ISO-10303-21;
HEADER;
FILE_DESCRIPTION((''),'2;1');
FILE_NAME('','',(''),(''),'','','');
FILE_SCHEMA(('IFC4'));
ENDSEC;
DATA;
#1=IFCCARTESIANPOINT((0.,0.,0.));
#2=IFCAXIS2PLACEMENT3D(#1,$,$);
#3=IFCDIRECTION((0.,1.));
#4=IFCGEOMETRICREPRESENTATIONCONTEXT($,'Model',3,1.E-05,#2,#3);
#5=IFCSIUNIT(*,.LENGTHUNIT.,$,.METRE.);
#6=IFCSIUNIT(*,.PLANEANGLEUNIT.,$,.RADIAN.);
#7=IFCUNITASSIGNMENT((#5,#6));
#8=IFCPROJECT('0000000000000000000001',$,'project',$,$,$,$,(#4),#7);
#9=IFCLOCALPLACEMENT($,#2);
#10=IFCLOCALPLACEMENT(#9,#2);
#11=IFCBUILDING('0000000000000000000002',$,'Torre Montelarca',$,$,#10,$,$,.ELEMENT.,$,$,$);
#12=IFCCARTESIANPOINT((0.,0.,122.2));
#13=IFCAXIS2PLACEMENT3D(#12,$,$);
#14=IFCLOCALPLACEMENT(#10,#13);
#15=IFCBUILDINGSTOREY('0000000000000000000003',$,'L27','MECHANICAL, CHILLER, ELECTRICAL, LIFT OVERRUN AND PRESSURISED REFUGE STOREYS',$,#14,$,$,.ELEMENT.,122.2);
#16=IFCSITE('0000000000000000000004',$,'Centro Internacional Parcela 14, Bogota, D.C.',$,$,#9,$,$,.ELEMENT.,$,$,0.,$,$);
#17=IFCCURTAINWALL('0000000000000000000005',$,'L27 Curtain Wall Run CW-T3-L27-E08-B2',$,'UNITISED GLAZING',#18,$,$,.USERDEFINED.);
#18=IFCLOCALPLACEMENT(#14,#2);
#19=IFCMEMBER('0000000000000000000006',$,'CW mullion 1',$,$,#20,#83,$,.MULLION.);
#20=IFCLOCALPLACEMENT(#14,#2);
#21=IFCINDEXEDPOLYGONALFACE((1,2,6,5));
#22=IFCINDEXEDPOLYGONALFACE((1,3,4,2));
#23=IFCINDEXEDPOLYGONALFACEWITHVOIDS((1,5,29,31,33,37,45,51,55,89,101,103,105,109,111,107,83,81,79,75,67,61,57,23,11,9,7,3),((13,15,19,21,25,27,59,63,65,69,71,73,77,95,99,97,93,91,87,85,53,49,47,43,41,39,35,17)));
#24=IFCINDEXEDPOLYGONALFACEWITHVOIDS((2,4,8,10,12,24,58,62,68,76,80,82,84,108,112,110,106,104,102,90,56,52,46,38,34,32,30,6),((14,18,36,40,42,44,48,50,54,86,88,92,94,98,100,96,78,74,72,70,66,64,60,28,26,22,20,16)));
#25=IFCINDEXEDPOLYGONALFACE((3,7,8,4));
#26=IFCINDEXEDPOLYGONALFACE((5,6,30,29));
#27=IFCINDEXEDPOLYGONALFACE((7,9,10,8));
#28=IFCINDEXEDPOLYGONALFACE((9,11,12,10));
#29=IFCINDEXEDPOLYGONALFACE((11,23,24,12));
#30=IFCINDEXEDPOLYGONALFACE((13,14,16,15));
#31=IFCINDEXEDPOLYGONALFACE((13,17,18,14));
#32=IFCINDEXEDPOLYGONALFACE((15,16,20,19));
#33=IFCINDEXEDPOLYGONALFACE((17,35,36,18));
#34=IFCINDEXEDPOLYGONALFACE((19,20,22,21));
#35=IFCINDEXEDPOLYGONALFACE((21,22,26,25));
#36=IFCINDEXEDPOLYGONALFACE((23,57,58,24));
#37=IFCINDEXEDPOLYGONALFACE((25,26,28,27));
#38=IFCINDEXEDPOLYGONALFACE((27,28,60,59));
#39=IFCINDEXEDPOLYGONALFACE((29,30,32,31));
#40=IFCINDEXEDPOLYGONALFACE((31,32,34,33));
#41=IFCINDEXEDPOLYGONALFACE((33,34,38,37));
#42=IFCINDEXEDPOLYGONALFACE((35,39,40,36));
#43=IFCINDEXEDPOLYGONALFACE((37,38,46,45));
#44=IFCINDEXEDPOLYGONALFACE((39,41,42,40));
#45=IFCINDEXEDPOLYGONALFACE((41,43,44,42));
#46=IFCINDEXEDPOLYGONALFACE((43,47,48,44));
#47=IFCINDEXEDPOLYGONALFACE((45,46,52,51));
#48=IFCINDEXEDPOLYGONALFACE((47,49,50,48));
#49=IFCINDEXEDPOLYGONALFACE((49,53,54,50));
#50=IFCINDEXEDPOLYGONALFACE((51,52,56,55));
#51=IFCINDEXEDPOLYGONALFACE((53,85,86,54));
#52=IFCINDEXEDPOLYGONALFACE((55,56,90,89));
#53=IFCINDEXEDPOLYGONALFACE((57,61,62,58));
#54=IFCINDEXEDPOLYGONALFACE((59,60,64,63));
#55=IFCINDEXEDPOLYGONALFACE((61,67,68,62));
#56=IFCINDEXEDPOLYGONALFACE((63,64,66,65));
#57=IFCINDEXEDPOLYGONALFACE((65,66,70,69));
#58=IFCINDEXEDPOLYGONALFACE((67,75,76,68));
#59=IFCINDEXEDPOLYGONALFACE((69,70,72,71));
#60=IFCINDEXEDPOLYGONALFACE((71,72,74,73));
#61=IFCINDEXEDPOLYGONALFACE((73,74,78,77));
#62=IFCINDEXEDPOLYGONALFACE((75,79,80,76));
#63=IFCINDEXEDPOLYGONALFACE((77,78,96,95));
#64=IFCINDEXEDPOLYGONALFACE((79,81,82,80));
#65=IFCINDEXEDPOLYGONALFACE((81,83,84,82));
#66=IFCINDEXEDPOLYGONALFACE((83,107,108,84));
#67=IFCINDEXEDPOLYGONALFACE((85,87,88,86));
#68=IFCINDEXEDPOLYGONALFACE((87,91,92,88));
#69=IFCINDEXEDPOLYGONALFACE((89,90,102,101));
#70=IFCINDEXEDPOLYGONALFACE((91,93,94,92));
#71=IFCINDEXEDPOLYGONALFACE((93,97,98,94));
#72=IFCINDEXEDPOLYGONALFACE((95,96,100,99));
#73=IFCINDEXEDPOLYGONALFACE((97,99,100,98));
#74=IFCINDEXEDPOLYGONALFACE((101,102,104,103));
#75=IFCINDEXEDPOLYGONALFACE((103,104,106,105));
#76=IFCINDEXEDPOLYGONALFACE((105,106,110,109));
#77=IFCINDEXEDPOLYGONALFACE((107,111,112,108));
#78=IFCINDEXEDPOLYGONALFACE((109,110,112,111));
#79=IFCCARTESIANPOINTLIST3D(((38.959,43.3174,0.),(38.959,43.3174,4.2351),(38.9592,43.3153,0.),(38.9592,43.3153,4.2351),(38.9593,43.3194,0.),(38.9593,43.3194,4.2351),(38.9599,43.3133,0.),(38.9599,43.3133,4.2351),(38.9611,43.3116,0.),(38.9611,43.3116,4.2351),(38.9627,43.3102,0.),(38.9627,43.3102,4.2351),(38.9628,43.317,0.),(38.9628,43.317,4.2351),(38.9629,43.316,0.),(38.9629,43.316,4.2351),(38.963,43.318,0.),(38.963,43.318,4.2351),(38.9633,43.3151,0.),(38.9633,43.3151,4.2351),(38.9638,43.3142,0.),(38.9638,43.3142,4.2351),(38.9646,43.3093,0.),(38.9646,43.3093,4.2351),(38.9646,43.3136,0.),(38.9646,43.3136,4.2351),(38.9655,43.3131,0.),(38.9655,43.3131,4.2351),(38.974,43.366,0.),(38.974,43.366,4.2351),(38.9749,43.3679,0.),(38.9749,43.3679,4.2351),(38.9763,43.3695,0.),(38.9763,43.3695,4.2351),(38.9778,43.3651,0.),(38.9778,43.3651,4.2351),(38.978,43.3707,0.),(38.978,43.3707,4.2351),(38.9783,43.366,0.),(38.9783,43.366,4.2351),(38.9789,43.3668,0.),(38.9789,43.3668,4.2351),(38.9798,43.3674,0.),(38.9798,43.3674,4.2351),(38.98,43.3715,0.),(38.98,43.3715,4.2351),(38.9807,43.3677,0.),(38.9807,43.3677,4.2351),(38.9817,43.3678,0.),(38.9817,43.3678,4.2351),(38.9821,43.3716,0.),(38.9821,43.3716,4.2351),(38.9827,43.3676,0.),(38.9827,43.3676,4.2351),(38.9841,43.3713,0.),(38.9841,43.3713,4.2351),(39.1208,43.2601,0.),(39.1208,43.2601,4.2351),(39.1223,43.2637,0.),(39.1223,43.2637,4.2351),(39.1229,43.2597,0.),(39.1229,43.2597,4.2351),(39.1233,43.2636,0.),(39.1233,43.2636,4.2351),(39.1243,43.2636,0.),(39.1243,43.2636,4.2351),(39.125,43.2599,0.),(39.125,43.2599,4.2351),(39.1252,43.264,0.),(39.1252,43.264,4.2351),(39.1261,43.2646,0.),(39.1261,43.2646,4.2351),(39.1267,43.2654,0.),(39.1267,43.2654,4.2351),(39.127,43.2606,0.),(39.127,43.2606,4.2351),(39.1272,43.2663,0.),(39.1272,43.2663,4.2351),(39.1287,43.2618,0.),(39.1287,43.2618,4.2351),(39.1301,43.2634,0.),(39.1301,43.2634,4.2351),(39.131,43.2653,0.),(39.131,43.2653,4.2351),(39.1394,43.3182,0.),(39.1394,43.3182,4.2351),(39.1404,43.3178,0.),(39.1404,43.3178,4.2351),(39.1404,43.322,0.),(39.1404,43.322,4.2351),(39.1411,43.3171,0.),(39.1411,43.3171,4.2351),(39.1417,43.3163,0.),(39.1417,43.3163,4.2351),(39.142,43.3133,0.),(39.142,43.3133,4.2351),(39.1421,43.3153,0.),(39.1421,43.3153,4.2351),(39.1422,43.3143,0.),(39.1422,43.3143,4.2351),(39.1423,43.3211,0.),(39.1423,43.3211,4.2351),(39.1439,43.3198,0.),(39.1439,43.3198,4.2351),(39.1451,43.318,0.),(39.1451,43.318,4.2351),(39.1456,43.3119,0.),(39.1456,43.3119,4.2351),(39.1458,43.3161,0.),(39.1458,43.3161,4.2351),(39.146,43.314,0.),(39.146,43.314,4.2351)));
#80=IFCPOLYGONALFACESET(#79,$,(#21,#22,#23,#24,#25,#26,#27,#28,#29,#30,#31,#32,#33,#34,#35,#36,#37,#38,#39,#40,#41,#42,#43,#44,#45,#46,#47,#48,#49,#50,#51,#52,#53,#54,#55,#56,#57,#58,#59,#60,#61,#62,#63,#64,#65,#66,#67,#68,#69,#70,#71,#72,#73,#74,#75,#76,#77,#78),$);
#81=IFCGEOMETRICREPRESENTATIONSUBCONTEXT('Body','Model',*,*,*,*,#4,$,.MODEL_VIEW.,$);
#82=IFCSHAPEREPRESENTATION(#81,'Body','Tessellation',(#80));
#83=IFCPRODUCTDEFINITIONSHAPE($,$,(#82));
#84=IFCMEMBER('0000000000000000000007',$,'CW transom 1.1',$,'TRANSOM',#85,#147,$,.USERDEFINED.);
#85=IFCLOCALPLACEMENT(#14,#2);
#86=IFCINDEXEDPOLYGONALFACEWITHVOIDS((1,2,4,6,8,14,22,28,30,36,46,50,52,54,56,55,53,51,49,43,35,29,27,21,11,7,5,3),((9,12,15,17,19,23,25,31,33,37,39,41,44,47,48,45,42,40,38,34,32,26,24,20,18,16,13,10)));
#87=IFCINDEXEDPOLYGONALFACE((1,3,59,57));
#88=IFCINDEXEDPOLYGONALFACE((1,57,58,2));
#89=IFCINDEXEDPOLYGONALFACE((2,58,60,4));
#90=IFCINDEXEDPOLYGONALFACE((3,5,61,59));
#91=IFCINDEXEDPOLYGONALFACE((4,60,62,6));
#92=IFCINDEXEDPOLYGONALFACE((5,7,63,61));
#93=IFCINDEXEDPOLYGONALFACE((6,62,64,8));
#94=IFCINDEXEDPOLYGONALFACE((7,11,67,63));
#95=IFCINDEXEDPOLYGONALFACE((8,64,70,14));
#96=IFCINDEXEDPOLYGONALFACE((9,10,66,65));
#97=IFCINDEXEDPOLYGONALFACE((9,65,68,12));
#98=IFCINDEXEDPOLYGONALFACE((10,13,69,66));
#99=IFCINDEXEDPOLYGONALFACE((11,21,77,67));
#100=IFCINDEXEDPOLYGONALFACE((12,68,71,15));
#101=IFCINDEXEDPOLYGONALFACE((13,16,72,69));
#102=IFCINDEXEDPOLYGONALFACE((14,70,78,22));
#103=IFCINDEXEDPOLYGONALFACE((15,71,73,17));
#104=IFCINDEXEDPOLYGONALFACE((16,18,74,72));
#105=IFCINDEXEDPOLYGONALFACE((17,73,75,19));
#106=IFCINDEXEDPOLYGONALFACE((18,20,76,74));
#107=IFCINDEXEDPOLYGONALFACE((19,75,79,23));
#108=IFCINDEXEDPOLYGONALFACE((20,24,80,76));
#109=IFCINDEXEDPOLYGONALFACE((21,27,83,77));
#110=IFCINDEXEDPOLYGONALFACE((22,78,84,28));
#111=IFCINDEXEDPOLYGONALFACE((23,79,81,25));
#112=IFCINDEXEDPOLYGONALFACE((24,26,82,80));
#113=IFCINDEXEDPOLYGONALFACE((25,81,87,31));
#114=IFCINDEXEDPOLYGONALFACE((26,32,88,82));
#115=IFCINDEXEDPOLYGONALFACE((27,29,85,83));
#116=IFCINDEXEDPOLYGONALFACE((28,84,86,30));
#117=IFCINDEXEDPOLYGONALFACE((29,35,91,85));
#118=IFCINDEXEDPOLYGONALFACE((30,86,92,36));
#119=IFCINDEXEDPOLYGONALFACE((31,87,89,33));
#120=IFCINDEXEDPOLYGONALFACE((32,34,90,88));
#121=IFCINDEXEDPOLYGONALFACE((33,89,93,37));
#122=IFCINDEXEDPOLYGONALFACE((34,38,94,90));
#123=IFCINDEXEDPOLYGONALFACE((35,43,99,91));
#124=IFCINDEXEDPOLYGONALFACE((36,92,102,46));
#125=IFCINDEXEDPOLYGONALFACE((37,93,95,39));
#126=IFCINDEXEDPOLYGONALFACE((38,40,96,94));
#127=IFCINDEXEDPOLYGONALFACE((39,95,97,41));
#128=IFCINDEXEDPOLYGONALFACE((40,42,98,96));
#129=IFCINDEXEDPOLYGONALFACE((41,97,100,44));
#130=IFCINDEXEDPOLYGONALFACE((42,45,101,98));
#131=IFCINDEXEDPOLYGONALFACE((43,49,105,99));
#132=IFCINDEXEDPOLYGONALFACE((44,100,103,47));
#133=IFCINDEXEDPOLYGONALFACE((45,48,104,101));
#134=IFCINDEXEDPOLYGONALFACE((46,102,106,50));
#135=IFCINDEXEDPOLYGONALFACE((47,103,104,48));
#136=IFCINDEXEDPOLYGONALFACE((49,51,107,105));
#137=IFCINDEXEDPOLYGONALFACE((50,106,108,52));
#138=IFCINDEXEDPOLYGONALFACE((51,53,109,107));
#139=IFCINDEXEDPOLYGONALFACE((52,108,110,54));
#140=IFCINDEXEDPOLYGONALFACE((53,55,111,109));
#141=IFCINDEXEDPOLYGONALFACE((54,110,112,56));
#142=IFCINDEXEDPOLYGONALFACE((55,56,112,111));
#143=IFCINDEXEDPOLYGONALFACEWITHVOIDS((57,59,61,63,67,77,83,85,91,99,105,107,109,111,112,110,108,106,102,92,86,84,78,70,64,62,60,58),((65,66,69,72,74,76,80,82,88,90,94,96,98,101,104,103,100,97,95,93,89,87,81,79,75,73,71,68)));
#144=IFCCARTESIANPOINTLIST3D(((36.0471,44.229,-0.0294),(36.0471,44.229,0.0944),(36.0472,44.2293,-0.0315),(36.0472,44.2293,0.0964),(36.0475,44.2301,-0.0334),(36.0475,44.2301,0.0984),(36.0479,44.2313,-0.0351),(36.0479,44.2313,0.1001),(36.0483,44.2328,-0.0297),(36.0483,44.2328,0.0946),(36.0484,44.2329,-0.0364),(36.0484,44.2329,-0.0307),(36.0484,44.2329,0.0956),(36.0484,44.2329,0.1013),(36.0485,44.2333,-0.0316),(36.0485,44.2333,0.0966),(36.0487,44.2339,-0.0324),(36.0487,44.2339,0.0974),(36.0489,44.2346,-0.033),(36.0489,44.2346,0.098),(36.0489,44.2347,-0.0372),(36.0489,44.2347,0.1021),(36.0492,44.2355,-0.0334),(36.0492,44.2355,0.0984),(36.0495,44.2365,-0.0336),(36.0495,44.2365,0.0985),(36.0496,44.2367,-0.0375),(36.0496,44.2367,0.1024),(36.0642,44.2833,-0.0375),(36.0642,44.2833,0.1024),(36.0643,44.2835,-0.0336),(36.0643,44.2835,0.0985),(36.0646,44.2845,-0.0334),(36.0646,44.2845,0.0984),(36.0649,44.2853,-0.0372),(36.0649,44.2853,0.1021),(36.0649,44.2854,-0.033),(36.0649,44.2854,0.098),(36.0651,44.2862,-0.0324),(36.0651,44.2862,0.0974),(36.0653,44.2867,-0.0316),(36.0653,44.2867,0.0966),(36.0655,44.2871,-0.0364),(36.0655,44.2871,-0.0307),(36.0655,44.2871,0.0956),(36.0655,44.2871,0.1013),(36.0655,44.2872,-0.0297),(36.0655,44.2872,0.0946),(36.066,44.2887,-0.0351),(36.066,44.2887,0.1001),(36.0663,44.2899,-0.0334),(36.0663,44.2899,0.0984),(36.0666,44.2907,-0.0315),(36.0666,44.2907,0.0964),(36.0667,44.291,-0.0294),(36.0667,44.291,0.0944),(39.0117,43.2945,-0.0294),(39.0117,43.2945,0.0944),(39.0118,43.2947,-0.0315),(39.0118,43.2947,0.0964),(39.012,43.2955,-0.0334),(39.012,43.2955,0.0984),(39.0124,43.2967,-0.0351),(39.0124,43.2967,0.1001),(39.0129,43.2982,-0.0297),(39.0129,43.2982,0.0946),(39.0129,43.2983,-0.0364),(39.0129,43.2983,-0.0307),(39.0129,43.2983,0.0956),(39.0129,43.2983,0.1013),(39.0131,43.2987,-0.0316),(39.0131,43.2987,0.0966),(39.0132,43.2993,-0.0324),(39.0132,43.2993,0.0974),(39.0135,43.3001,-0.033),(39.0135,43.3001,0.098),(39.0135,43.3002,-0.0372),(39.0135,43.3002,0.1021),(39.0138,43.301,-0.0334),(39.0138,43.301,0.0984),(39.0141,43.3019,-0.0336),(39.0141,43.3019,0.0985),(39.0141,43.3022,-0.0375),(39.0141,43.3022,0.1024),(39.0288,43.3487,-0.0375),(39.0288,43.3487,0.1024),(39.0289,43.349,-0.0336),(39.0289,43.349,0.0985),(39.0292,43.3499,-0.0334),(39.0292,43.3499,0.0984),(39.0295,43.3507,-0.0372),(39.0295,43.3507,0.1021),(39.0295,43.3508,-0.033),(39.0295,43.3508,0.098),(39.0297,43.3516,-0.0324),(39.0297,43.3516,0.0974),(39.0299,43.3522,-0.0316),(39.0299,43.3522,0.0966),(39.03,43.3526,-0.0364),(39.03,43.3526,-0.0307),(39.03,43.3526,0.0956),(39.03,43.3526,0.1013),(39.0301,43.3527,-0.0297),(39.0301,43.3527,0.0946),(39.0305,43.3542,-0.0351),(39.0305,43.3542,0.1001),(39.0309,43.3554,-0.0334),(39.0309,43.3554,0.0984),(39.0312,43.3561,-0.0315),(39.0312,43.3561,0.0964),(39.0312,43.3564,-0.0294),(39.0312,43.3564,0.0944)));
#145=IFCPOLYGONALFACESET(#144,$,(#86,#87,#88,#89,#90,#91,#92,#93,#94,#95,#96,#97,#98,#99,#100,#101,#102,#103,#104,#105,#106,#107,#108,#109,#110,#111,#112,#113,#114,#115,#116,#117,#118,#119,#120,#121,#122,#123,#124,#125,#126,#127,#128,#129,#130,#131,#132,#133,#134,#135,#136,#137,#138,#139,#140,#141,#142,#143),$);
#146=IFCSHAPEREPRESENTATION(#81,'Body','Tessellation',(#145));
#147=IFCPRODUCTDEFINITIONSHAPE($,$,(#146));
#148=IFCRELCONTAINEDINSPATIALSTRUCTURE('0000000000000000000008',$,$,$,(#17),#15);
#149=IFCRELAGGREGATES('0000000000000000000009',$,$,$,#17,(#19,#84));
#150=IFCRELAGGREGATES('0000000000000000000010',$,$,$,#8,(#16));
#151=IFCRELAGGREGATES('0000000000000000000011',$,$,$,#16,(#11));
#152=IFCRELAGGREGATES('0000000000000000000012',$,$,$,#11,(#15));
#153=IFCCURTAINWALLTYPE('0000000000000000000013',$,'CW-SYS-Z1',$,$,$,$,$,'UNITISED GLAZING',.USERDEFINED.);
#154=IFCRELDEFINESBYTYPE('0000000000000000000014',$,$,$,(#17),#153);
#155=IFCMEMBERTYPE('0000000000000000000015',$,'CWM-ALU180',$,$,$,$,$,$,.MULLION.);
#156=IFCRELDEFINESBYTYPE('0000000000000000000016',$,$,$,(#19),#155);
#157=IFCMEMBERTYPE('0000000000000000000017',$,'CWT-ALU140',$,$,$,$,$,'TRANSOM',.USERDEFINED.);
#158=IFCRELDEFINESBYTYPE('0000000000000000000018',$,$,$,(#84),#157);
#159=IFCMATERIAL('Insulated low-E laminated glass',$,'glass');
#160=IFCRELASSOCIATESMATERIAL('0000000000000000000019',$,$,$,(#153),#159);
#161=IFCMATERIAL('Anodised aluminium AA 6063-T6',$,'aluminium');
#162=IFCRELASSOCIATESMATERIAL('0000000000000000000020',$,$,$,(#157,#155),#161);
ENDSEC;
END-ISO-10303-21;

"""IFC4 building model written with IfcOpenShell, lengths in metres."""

from ifc_helpers import new_model, si_unit, direction, frame, origin, origin_2d, place, context, subcontext, project, spatial, hollow_rectangle, extrude, source, transform, mapped, material, material_profile, profile_set, type_object, element, aggregate, save


model = new_model("IFC4")

# Units and contexts
model_context = context("Model", 3, precision=1e-05, world=origin(), true_north=direction((0.0, 1.0)))
body_context = subcontext(model_context, "Body", "Model", "MODEL_VIEW")
ifc_project = project(units=[si_unit("LENGTHUNIT", "METRE"), si_unit("PLANEANGLEUNIT", "RADIAN")], contexts=[model_context])

# Site, building, storey
site_placement = place(None, origin())
site = spatial("IfcSite", under=ifc_project, at=site_placement, Name="Centro Internacional Parcela 14, Bogota, D.C.", CompositionType="ELEMENT", RefElevation=0.0)
building_placement = place(site_placement, origin())
building = spatial("IfcBuilding", under=site, at=building_placement, Name="Torre Montelarca", CompositionType="ELEMENT")
storey_placement = place(building_placement, frame((0.0, 0.0, 122.2)))
storey = spatial("IfcBuildingStorey", under=building, at=storey_placement, Name="L27", Description="MECHANICAL, CHILLER, ELECTRICAL, LIFT OVERRUN AND PRESSURISED REFUGE STOREYS", CompositionType="ELEMENT", Elevation=122.2)

# Curtain wall, members
ifc_material_1 = material(Name="Insulated low-E laminated glass", Category="glass")
curtain_wall_type = type_object("IfcCurtainWallType", Name="CW-SYS-Z1", ElementType="UNITISED GLAZING", PredefinedType="USERDEFINED", material=ifc_material_1)
ifc_material_2 = material(Name="Anodised aluminium AA 6063-T6", Category="aluminium")
ifc_material_profile_1 = material_profile(ifc_material_2, hollow_rectangle(XDim=0.0649, YDim=0.1399, WallThickness=0.0039, InnerFilletRadius=0.0039, OuterFilletRadius=0.0081, at=origin_2d()), Name="ALU65X140X4", Category="aluminium")
ifc_profile_set_1 = profile_set([ifc_material_profile_1], Name="Anodised aluminium AA 6063-T6")
member_type_1 = type_object("IfcMemberType", Name="CWT-ALU140", ElementType="TRANSOM", PredefinedType="USERDEFINED", material=ifc_profile_set_1)
ifc_material_profile_2 = material_profile(ifc_material_2, hollow_rectangle(XDim=0.0649, YDim=0.1799, WallThickness=0.0039, InnerFilletRadius=0.0039, OuterFilletRadius=0.0081, at=origin_2d()), Name="ALU65X180X4", Category="aluminium")
ifc_profile_set_2 = profile_set([ifc_material_profile_2], Name="Anodised aluminium AA 6063-T6")
member_type_2 = type_object("IfcMemberType", Name="CWM-ALU180", PredefinedType="MULLION", material=ifc_profile_set_2)
shared_shape_1 = source(origin(), body_context, "Body", "SweptSolid", [
    extrude(hollow_rectangle(XDim=0.0649, YDim=0.1799, WallThickness=0.0039, InnerFilletRadius=0.0039, OuterFilletRadius=0.0081, at=origin_2d()), origin(), (0.0, 0.0, 1.0), 4.2351),
])
curtain_wall_1_placement = place(storey_placement, origin())
curtain_wall_1 = element("IfcCurtainWall", 1, at=curtain_wall_1_placement, inside=storey, type_object=curtain_wall_type, Name="L27 Curtain Wall Run CW-T3-L27-E08-B2", ObjectType="UNITISED GLAZING", PredefinedType="USERDEFINED")
member_1_placement = place(storey_placement, frame((39.0525, 43.3157, 0.0), z_axis=(0.0, 0.0, 1.0), x_axis=(-0.300709, -0.953716, 0.0)))
member_1 = element("IfcMember", 2, at=member_1_placement, type_object=member_type_2, Name="CW mullion 1", PredefinedType="MULLION", context=body_context, shape_type="MappedRepresentation", body=[
    mapped(shared_shape_1, transform((0.0, 0.0, 0.0), scale=1.0)),
])
shared_shape_2 = source(origin(), body_context, "Body", "SweptSolid", [
    extrude(hollow_rectangle(XDim=0.0649, YDim=0.1399, WallThickness=0.0039, InnerFilletRadius=0.0039, OuterFilletRadius=0.0081, at=origin_2d()), origin(), (0.0, 0.0, 1.0), 3.1084),
])
member_2_placement = place(storey_placement, frame((39.0215, 43.3254, 0.0325), z_axis=(-0.953732, 0.300658, 0.0), x_axis=(-0.300658, -0.953732, 0.0)))
member_2 = element("IfcMember", 3, at=member_2_placement, type_object=member_type_1, Name="CW transom 1.1", ObjectType="TRANSOM", PredefinedType="USERDEFINED", context=body_context, shape_type="MappedRepresentation", body=[
    mapped(shared_shape_2, transform((0.0, 0.0, 0.0), scale=1.0)),
])
aggregate(curtain_wall_1, [member_1, member_2])

save(model, "model.ifc")
